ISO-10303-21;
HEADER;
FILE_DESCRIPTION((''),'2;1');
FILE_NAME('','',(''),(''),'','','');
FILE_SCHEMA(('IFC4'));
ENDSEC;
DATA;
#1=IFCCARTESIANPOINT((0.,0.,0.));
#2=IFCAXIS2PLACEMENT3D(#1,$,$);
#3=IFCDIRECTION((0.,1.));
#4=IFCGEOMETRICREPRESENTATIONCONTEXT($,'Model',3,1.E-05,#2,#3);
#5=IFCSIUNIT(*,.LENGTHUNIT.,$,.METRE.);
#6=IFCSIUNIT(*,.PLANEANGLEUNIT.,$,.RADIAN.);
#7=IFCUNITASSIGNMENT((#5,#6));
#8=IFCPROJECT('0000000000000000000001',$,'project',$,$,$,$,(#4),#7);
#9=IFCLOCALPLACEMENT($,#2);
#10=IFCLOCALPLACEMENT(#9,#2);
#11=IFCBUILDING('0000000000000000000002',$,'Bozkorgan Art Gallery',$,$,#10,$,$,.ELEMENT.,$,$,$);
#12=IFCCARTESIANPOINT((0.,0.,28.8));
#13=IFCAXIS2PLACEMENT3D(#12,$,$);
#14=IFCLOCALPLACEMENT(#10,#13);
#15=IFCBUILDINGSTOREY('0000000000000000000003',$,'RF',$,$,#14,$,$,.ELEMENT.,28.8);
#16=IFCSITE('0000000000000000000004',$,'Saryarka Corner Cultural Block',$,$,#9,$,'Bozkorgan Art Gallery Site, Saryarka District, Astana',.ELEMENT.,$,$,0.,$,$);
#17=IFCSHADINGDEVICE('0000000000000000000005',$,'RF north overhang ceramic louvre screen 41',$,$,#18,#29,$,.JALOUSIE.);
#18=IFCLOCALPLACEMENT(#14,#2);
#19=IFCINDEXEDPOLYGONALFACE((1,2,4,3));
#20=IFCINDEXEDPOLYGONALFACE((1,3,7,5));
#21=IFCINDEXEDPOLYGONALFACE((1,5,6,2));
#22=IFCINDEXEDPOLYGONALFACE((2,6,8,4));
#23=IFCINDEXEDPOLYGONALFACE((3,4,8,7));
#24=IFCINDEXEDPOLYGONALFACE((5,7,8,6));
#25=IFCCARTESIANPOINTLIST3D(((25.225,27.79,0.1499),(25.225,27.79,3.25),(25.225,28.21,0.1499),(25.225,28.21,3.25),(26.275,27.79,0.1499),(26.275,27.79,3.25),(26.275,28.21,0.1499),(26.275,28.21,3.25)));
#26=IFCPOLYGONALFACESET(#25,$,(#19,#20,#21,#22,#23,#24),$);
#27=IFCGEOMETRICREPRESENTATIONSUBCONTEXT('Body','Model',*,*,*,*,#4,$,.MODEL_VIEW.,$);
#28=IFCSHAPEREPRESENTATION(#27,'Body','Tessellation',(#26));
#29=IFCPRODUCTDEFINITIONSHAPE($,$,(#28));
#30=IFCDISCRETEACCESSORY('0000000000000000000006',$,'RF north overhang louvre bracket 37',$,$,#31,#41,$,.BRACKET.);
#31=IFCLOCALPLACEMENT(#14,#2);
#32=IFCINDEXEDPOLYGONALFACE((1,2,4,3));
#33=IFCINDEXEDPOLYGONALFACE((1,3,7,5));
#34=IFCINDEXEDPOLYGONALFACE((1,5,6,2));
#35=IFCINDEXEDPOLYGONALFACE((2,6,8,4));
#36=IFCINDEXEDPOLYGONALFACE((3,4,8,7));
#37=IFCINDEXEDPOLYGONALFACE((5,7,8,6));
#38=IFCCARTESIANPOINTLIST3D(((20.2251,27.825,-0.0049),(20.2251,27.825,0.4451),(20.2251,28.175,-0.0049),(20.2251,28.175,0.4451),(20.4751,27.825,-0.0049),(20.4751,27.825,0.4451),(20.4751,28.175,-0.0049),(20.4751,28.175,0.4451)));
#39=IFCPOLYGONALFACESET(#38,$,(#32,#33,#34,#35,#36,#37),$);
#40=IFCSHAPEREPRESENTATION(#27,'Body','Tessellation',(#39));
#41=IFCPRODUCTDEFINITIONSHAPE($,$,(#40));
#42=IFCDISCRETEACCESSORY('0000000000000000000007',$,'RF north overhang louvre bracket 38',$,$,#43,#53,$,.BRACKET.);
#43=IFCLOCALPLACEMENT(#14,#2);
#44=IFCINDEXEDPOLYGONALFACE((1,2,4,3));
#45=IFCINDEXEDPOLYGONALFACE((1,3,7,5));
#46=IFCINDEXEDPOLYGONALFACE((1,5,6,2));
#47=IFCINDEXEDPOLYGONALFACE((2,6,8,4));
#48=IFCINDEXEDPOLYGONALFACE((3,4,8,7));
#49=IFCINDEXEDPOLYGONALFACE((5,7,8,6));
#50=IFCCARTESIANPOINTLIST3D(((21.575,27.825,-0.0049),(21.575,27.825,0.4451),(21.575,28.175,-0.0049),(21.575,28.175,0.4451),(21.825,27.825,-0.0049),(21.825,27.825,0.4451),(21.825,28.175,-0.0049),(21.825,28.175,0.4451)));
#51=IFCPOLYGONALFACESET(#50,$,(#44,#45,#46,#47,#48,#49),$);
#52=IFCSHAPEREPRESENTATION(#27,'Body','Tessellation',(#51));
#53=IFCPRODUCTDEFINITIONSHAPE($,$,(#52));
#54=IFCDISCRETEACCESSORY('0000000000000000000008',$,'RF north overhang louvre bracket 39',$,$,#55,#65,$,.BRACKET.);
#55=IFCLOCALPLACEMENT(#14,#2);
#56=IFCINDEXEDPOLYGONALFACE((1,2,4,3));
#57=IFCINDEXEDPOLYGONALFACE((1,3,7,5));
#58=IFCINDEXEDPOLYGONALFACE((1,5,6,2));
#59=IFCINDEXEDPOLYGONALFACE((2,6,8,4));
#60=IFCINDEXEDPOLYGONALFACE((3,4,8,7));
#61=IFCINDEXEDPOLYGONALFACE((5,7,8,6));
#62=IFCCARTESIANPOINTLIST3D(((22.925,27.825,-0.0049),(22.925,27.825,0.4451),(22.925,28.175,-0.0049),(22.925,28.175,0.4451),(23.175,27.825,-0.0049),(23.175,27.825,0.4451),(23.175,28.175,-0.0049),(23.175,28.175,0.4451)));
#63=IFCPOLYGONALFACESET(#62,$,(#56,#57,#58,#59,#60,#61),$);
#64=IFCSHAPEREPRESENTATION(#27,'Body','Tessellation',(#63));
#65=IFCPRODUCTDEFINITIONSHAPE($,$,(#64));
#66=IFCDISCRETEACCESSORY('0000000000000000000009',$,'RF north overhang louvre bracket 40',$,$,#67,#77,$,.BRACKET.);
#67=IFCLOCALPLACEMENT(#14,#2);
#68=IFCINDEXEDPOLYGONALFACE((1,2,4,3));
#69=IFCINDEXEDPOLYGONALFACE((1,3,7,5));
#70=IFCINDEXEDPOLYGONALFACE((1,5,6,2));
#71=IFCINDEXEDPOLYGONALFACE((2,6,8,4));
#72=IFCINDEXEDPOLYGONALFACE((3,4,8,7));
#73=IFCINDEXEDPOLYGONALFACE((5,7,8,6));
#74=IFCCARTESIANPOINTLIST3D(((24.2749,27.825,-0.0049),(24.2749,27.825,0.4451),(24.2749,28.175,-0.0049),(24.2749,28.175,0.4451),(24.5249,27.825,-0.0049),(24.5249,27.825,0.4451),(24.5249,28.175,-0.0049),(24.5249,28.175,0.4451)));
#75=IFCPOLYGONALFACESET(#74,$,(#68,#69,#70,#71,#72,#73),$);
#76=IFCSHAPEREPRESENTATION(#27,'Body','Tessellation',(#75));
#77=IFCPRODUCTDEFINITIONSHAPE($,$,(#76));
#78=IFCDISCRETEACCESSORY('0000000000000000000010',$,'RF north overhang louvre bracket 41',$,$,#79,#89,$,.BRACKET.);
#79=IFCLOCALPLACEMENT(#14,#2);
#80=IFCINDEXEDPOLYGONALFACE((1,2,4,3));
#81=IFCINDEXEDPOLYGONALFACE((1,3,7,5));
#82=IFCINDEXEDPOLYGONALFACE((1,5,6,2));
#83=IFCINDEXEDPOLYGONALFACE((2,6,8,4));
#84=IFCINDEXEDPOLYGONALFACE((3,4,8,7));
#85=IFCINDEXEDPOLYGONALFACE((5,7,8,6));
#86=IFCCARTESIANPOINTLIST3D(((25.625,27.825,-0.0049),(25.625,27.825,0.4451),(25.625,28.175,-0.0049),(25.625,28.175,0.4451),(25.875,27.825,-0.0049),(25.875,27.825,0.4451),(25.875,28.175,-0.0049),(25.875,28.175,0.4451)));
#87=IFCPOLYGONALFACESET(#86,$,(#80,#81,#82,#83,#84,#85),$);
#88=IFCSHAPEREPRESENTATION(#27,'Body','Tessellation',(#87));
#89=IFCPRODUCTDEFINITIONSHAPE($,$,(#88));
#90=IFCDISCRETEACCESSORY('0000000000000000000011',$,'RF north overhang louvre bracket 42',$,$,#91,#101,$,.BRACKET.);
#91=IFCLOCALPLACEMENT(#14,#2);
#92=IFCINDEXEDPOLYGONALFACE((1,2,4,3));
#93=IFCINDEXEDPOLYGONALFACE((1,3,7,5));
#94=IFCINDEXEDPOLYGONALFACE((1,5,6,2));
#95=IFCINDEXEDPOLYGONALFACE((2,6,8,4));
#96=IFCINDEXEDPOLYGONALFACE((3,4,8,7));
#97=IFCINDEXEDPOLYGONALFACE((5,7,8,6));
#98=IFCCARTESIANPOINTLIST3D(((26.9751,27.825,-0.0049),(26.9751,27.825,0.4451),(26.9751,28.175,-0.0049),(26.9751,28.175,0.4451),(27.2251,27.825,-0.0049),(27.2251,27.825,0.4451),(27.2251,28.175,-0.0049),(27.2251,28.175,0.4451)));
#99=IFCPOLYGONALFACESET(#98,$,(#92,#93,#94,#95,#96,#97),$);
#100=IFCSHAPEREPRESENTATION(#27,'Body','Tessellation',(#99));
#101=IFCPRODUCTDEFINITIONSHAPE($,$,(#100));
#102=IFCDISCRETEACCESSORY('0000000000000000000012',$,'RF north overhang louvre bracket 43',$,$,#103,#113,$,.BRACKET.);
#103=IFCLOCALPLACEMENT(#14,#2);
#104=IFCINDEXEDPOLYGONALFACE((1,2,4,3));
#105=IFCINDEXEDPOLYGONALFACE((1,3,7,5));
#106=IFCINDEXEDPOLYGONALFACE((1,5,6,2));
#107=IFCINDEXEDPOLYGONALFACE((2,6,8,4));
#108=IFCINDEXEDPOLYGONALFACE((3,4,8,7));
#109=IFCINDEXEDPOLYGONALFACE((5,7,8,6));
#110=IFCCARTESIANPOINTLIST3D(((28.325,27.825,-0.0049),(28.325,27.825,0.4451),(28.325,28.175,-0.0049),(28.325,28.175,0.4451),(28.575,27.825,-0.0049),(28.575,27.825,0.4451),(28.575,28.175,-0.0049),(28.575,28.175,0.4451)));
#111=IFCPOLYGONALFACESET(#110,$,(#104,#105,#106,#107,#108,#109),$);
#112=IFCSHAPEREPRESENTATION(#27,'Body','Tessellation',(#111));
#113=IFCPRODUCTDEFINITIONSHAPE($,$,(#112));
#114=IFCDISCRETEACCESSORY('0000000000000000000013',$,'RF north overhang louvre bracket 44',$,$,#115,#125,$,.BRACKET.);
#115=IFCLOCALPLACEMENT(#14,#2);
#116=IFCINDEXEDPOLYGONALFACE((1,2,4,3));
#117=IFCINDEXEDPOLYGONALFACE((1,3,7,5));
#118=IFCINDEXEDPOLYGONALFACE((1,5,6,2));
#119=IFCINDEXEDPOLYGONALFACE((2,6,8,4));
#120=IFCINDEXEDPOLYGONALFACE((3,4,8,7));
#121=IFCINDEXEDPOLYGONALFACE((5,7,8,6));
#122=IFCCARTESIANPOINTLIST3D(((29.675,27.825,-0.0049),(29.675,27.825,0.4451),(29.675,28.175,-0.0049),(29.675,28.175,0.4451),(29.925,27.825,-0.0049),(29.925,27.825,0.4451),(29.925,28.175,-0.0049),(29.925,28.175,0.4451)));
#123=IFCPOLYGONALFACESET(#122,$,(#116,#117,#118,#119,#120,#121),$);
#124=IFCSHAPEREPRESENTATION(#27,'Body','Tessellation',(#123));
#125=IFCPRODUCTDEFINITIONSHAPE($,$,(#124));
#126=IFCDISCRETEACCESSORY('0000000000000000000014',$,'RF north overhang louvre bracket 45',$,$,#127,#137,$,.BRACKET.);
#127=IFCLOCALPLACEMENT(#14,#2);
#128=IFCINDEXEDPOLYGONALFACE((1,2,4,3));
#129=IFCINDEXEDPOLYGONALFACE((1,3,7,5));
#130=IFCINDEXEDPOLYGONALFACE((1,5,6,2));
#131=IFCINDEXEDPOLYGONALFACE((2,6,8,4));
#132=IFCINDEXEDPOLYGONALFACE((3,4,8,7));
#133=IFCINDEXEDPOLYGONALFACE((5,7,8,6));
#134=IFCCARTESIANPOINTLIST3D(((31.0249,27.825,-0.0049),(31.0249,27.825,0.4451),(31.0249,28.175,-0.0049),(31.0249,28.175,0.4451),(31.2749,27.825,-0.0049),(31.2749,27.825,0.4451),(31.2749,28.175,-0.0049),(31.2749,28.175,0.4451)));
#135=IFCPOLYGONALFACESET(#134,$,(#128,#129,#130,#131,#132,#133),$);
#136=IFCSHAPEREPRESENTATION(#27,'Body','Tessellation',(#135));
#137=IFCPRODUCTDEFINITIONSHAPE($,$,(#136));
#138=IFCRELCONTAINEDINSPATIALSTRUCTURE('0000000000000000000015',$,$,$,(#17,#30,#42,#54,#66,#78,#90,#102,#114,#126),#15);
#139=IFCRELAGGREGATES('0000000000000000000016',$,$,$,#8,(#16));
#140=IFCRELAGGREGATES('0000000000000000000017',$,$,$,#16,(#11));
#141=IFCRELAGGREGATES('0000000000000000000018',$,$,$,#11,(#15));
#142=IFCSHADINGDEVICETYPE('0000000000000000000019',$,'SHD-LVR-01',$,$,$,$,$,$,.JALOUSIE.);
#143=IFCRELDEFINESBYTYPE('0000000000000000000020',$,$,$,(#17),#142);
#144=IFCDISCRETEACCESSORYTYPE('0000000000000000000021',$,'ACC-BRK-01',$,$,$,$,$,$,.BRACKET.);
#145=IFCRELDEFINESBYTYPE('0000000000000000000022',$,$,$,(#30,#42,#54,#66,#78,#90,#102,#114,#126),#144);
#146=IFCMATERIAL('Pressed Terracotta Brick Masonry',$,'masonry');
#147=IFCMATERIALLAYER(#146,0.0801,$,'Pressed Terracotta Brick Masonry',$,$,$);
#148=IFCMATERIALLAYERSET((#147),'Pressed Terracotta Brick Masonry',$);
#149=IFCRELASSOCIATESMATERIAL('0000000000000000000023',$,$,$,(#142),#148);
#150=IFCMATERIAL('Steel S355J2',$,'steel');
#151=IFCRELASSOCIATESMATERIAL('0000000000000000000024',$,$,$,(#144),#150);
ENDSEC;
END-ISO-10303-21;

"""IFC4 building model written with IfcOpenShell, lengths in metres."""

from ifc_helpers import new_model, si_unit, direction, frame, origin, origin_2d, place, context, subcontext, project, spatial, rectangle, extrude, material, layer, layer_set, type_object, element, save


model = new_model("IFC4")

# Units and contexts
model_context = context("Model", 3, precision=1e-05, world=origin(), true_north=direction((0.0, 1.0)))
body_context = subcontext(model_context, "Body", "Model", "MODEL_VIEW")
ifc_project = project(units=[si_unit("LENGTHUNIT", "METRE"), si_unit("PLANEANGLEUNIT", "RADIAN")], contexts=[model_context])

# Site, building, storey
site_placement = place(None, origin())
site = spatial("IfcSite", under=ifc_project, at=site_placement, Name="Saryarka Corner Cultural Block", LongName="Bozkorgan Art Gallery Site, Saryarka District, Astana", CompositionType="ELEMENT", RefElevation=0.0)
building_placement = place(site_placement, origin())
building = spatial("IfcBuilding", under=site, at=building_placement, Name="Bozkorgan Art Gallery", CompositionType="ELEMENT")
storey_placement = place(building_placement, frame((0.0, 0.0, 28.8)))
storey = spatial("IfcBuildingStorey", under=building, at=storey_placement, Name="RF", CompositionType="ELEMENT", Elevation=28.8)

# Shared definitions
ifc_material_1 = material(Name="Steel S355J2", Category="steel")

# Shading device
ifc_material_2 = material(Name="Pressed Terracotta Brick Masonry", Category="masonry")
ifc_layer_1 = layer(ifc_material_2, 0.0801, Name="Pressed Terracotta Brick Masonry")
ifc_layer_set_1 = layer_set([ifc_layer_1], Name="Pressed Terracotta Brick Masonry")
shading_device_type = type_object("IfcShadingDeviceType", Name="SHD-LVR-01", PredefinedType="JALOUSIE", material=ifc_layer_set_1)
for number, where, z_axis, x_axis, name in (
    (1, (25.75, 28.0, 0.1499), (0.0, 0.0, 1.0), (1.0, 0.0, 0.0), "RF north overhang ceramic louvre screen 41"),
):
    element("IfcShadingDevice", number, at=place(storey_placement, frame(where, z_axis=z_axis, x_axis=x_axis)), inside=storey, type_object=shading_device_type, Name=name, PredefinedType="JALOUSIE", context=body_context, shape_type="SweptSolid", body=[
        extrude(rectangle(XDim=1.05, YDim=0.4199, at=origin_2d()), origin(), (0.0, 0.0, 1.0), 3.1001),
    ])

# Discrete accessories
discrete_accessory_type = type_object("IfcDiscreteAccessoryType", Name="ACC-BRK-01", PredefinedType="BRACKET", material=ifc_material_1)
for number, where, z_axis, x_axis, name in (
    (2, (20.3501, 28.0, -0.0049), (0.0, 0.0, 1.0), (1.0, 0.0, 0.0), "RF north overhang louvre bracket 37"),
    (3, (21.7, 28.0, -0.0049), (0.0, 0.0, 1.0), (1.0, 0.0, 0.0), "RF north overhang louvre bracket 38"),
    (4, (23.05, 28.0, -0.0049), (0.0, 0.0, 1.0), (1.0, 0.0, 0.0), "RF north overhang louvre bracket 39"),
    (5, (24.3999, 28.0, -0.0049), (0.0, 0.0, 1.0), (1.0, 0.0, 0.0), "RF north overhang louvre bracket 40"),
    (6, (25.75, 28.0, -0.0049), (0.0, 0.0, 1.0), (1.0, 0.0, 0.0), "RF north overhang louvre bracket 41"),
    (7, (27.1001, 28.0, -0.0049), (0.0, 0.0, 1.0), (1.0, 0.0, 0.0), "RF north overhang louvre bracket 42"),
    (8, (28.45, 28.0, -0.0049), (0.0, 0.0, 1.0), (1.0, 0.0, 0.0), "RF north overhang louvre bracket 43"),
    (9, (29.8, 28.0, -0.0049), (0.0, 0.0, 1.0), (1.0, 0.0, 0.0), "RF north overhang louvre bracket 44"),
    (10, (31.1499, 28.0, -0.0049), (0.0, 0.0, 1.0), (1.0, 0.0, 0.0), "RF north overhang louvre bracket 45"),
):
    element("IfcDiscreteAccessory", number, at=place(storey_placement, frame(where, z_axis=z_axis, x_axis=x_axis)), inside=storey, type_object=discrete_accessory_type, Name=name, PredefinedType="BRACKET", context=body_context, shape_type="SweptSolid", body=[
        extrude(rectangle(XDim=0.25, YDim=0.3501, at=origin_2d()), origin(), (0.0, 0.0, 1.0), 0.45),
    ])

save(model, "model.ifc")
